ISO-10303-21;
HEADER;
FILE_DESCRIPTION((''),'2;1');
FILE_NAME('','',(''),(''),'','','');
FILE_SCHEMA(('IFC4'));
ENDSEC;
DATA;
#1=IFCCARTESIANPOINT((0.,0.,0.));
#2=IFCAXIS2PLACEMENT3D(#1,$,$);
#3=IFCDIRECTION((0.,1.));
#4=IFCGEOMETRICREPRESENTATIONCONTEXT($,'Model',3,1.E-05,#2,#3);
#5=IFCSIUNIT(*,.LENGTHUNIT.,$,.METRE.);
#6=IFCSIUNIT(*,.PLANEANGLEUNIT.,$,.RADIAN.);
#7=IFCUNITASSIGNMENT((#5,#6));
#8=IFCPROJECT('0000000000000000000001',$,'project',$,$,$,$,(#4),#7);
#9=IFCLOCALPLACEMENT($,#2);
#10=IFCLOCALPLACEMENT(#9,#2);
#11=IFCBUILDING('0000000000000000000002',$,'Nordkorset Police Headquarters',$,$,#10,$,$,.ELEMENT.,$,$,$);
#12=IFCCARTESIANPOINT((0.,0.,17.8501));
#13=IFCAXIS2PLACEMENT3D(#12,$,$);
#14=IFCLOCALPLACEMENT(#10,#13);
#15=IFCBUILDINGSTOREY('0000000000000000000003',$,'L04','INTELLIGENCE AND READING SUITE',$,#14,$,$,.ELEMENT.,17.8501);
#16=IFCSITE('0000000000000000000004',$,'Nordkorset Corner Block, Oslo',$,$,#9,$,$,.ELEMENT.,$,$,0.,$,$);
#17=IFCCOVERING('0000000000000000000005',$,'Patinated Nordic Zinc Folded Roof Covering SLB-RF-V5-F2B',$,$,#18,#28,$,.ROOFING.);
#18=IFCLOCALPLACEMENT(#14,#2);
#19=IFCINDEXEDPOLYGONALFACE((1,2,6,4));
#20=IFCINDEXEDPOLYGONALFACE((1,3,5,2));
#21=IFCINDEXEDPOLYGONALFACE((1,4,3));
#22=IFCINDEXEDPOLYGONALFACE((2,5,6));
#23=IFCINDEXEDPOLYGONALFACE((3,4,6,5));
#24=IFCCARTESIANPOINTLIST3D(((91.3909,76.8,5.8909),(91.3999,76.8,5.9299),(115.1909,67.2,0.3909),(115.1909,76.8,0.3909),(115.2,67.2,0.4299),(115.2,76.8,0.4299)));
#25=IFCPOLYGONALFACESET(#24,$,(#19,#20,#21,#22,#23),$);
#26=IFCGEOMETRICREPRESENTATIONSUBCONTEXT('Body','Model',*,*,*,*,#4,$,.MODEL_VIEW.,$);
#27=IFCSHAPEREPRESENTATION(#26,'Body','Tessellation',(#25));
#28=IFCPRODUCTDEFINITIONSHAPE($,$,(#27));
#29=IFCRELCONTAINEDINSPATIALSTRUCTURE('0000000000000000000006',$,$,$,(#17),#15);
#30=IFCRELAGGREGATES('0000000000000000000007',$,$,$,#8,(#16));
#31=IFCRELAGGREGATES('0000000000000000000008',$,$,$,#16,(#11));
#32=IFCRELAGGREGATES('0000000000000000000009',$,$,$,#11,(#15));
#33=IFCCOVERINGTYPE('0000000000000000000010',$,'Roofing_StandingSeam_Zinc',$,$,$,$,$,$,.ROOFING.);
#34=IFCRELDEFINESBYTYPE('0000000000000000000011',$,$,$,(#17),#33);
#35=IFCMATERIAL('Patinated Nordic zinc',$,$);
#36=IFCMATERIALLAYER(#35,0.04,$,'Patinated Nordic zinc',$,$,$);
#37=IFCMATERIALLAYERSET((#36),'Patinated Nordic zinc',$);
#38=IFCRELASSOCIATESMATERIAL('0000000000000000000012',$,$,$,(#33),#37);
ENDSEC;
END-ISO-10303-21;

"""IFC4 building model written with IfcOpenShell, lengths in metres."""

from ifc_helpers import new_model, si_unit, direction, frame, origin, place, context, subcontext, project, spatial, polyline, outline, extrude, material, layer, layer_set, type_object, element, save


model = new_model("IFC4")

# Units and contexts
model_context = context("Model", 3, precision=1e-05, world=origin(), true_north=direction((0.0, 1.0)))
body_context = subcontext(model_context, "Body", "Model", "MODEL_VIEW")
ifc_project = project(units=[si_unit("LENGTHUNIT", "METRE"), si_unit("PLANEANGLEUNIT", "RADIAN")], contexts=[model_context])

# Site, building, storey
site_placement = place(None, origin())
site = spatial("IfcSite", under=ifc_project, at=site_placement, Name="Nordkorset Corner Block, Oslo", CompositionType="ELEMENT", RefElevation=0.0)
building_placement = place(site_placement, origin())
building = spatial("IfcBuilding", under=site, at=building_placement, Name="Nordkorset Police Headquarters", CompositionType="ELEMENT")
storey_placement = place(building_placement, frame((0.0, 0.0, 17.8501)))
storey = spatial("IfcBuildingStorey", under=building, at=storey_placement, Name="L04", Description="INTELLIGENCE AND READING SUITE", CompositionType="ELEMENT", Elevation=17.8501)

# Covering
ifc_material_1 = material(Name="Patinated Nordic zinc")
ifc_layer_1 = layer(ifc_material_1, 0.04, Name="Patinated Nordic zinc")
ifc_layer_set_1 = layer_set([ifc_layer_1], Name="Patinated Nordic zinc")
covering_type = type_object("IfcCoveringType", Name="Roofing_StandingSeam_Zinc", PredefinedType="ROOFING", material=ifc_layer_set_1)
covering_1_placement = place(storey_placement, frame((115.2, 67.2, 0.4299), z_axis=(0.225158, 0.0, 0.974322), x_axis=(0.0, 1.0, 0.0)))
element("IfcCovering", 1, at=covering_1_placement, inside=storey, type_object=covering_type, Name="Patinated Nordic Zinc Folded Roof Covering SLB-RF-V5-F2B", PredefinedType="ROOFING", context=body_context, shape_type="SweptSolid", body=[
    extrude(outline(polyline([(0.0, 0.0), (9.6001, 0.0), (9.6001, 24.4273), (0.0, 0.0)])), origin(), (0.0, 0.0, -1.0), 0.04),
])

save(model, "model.ifc")
